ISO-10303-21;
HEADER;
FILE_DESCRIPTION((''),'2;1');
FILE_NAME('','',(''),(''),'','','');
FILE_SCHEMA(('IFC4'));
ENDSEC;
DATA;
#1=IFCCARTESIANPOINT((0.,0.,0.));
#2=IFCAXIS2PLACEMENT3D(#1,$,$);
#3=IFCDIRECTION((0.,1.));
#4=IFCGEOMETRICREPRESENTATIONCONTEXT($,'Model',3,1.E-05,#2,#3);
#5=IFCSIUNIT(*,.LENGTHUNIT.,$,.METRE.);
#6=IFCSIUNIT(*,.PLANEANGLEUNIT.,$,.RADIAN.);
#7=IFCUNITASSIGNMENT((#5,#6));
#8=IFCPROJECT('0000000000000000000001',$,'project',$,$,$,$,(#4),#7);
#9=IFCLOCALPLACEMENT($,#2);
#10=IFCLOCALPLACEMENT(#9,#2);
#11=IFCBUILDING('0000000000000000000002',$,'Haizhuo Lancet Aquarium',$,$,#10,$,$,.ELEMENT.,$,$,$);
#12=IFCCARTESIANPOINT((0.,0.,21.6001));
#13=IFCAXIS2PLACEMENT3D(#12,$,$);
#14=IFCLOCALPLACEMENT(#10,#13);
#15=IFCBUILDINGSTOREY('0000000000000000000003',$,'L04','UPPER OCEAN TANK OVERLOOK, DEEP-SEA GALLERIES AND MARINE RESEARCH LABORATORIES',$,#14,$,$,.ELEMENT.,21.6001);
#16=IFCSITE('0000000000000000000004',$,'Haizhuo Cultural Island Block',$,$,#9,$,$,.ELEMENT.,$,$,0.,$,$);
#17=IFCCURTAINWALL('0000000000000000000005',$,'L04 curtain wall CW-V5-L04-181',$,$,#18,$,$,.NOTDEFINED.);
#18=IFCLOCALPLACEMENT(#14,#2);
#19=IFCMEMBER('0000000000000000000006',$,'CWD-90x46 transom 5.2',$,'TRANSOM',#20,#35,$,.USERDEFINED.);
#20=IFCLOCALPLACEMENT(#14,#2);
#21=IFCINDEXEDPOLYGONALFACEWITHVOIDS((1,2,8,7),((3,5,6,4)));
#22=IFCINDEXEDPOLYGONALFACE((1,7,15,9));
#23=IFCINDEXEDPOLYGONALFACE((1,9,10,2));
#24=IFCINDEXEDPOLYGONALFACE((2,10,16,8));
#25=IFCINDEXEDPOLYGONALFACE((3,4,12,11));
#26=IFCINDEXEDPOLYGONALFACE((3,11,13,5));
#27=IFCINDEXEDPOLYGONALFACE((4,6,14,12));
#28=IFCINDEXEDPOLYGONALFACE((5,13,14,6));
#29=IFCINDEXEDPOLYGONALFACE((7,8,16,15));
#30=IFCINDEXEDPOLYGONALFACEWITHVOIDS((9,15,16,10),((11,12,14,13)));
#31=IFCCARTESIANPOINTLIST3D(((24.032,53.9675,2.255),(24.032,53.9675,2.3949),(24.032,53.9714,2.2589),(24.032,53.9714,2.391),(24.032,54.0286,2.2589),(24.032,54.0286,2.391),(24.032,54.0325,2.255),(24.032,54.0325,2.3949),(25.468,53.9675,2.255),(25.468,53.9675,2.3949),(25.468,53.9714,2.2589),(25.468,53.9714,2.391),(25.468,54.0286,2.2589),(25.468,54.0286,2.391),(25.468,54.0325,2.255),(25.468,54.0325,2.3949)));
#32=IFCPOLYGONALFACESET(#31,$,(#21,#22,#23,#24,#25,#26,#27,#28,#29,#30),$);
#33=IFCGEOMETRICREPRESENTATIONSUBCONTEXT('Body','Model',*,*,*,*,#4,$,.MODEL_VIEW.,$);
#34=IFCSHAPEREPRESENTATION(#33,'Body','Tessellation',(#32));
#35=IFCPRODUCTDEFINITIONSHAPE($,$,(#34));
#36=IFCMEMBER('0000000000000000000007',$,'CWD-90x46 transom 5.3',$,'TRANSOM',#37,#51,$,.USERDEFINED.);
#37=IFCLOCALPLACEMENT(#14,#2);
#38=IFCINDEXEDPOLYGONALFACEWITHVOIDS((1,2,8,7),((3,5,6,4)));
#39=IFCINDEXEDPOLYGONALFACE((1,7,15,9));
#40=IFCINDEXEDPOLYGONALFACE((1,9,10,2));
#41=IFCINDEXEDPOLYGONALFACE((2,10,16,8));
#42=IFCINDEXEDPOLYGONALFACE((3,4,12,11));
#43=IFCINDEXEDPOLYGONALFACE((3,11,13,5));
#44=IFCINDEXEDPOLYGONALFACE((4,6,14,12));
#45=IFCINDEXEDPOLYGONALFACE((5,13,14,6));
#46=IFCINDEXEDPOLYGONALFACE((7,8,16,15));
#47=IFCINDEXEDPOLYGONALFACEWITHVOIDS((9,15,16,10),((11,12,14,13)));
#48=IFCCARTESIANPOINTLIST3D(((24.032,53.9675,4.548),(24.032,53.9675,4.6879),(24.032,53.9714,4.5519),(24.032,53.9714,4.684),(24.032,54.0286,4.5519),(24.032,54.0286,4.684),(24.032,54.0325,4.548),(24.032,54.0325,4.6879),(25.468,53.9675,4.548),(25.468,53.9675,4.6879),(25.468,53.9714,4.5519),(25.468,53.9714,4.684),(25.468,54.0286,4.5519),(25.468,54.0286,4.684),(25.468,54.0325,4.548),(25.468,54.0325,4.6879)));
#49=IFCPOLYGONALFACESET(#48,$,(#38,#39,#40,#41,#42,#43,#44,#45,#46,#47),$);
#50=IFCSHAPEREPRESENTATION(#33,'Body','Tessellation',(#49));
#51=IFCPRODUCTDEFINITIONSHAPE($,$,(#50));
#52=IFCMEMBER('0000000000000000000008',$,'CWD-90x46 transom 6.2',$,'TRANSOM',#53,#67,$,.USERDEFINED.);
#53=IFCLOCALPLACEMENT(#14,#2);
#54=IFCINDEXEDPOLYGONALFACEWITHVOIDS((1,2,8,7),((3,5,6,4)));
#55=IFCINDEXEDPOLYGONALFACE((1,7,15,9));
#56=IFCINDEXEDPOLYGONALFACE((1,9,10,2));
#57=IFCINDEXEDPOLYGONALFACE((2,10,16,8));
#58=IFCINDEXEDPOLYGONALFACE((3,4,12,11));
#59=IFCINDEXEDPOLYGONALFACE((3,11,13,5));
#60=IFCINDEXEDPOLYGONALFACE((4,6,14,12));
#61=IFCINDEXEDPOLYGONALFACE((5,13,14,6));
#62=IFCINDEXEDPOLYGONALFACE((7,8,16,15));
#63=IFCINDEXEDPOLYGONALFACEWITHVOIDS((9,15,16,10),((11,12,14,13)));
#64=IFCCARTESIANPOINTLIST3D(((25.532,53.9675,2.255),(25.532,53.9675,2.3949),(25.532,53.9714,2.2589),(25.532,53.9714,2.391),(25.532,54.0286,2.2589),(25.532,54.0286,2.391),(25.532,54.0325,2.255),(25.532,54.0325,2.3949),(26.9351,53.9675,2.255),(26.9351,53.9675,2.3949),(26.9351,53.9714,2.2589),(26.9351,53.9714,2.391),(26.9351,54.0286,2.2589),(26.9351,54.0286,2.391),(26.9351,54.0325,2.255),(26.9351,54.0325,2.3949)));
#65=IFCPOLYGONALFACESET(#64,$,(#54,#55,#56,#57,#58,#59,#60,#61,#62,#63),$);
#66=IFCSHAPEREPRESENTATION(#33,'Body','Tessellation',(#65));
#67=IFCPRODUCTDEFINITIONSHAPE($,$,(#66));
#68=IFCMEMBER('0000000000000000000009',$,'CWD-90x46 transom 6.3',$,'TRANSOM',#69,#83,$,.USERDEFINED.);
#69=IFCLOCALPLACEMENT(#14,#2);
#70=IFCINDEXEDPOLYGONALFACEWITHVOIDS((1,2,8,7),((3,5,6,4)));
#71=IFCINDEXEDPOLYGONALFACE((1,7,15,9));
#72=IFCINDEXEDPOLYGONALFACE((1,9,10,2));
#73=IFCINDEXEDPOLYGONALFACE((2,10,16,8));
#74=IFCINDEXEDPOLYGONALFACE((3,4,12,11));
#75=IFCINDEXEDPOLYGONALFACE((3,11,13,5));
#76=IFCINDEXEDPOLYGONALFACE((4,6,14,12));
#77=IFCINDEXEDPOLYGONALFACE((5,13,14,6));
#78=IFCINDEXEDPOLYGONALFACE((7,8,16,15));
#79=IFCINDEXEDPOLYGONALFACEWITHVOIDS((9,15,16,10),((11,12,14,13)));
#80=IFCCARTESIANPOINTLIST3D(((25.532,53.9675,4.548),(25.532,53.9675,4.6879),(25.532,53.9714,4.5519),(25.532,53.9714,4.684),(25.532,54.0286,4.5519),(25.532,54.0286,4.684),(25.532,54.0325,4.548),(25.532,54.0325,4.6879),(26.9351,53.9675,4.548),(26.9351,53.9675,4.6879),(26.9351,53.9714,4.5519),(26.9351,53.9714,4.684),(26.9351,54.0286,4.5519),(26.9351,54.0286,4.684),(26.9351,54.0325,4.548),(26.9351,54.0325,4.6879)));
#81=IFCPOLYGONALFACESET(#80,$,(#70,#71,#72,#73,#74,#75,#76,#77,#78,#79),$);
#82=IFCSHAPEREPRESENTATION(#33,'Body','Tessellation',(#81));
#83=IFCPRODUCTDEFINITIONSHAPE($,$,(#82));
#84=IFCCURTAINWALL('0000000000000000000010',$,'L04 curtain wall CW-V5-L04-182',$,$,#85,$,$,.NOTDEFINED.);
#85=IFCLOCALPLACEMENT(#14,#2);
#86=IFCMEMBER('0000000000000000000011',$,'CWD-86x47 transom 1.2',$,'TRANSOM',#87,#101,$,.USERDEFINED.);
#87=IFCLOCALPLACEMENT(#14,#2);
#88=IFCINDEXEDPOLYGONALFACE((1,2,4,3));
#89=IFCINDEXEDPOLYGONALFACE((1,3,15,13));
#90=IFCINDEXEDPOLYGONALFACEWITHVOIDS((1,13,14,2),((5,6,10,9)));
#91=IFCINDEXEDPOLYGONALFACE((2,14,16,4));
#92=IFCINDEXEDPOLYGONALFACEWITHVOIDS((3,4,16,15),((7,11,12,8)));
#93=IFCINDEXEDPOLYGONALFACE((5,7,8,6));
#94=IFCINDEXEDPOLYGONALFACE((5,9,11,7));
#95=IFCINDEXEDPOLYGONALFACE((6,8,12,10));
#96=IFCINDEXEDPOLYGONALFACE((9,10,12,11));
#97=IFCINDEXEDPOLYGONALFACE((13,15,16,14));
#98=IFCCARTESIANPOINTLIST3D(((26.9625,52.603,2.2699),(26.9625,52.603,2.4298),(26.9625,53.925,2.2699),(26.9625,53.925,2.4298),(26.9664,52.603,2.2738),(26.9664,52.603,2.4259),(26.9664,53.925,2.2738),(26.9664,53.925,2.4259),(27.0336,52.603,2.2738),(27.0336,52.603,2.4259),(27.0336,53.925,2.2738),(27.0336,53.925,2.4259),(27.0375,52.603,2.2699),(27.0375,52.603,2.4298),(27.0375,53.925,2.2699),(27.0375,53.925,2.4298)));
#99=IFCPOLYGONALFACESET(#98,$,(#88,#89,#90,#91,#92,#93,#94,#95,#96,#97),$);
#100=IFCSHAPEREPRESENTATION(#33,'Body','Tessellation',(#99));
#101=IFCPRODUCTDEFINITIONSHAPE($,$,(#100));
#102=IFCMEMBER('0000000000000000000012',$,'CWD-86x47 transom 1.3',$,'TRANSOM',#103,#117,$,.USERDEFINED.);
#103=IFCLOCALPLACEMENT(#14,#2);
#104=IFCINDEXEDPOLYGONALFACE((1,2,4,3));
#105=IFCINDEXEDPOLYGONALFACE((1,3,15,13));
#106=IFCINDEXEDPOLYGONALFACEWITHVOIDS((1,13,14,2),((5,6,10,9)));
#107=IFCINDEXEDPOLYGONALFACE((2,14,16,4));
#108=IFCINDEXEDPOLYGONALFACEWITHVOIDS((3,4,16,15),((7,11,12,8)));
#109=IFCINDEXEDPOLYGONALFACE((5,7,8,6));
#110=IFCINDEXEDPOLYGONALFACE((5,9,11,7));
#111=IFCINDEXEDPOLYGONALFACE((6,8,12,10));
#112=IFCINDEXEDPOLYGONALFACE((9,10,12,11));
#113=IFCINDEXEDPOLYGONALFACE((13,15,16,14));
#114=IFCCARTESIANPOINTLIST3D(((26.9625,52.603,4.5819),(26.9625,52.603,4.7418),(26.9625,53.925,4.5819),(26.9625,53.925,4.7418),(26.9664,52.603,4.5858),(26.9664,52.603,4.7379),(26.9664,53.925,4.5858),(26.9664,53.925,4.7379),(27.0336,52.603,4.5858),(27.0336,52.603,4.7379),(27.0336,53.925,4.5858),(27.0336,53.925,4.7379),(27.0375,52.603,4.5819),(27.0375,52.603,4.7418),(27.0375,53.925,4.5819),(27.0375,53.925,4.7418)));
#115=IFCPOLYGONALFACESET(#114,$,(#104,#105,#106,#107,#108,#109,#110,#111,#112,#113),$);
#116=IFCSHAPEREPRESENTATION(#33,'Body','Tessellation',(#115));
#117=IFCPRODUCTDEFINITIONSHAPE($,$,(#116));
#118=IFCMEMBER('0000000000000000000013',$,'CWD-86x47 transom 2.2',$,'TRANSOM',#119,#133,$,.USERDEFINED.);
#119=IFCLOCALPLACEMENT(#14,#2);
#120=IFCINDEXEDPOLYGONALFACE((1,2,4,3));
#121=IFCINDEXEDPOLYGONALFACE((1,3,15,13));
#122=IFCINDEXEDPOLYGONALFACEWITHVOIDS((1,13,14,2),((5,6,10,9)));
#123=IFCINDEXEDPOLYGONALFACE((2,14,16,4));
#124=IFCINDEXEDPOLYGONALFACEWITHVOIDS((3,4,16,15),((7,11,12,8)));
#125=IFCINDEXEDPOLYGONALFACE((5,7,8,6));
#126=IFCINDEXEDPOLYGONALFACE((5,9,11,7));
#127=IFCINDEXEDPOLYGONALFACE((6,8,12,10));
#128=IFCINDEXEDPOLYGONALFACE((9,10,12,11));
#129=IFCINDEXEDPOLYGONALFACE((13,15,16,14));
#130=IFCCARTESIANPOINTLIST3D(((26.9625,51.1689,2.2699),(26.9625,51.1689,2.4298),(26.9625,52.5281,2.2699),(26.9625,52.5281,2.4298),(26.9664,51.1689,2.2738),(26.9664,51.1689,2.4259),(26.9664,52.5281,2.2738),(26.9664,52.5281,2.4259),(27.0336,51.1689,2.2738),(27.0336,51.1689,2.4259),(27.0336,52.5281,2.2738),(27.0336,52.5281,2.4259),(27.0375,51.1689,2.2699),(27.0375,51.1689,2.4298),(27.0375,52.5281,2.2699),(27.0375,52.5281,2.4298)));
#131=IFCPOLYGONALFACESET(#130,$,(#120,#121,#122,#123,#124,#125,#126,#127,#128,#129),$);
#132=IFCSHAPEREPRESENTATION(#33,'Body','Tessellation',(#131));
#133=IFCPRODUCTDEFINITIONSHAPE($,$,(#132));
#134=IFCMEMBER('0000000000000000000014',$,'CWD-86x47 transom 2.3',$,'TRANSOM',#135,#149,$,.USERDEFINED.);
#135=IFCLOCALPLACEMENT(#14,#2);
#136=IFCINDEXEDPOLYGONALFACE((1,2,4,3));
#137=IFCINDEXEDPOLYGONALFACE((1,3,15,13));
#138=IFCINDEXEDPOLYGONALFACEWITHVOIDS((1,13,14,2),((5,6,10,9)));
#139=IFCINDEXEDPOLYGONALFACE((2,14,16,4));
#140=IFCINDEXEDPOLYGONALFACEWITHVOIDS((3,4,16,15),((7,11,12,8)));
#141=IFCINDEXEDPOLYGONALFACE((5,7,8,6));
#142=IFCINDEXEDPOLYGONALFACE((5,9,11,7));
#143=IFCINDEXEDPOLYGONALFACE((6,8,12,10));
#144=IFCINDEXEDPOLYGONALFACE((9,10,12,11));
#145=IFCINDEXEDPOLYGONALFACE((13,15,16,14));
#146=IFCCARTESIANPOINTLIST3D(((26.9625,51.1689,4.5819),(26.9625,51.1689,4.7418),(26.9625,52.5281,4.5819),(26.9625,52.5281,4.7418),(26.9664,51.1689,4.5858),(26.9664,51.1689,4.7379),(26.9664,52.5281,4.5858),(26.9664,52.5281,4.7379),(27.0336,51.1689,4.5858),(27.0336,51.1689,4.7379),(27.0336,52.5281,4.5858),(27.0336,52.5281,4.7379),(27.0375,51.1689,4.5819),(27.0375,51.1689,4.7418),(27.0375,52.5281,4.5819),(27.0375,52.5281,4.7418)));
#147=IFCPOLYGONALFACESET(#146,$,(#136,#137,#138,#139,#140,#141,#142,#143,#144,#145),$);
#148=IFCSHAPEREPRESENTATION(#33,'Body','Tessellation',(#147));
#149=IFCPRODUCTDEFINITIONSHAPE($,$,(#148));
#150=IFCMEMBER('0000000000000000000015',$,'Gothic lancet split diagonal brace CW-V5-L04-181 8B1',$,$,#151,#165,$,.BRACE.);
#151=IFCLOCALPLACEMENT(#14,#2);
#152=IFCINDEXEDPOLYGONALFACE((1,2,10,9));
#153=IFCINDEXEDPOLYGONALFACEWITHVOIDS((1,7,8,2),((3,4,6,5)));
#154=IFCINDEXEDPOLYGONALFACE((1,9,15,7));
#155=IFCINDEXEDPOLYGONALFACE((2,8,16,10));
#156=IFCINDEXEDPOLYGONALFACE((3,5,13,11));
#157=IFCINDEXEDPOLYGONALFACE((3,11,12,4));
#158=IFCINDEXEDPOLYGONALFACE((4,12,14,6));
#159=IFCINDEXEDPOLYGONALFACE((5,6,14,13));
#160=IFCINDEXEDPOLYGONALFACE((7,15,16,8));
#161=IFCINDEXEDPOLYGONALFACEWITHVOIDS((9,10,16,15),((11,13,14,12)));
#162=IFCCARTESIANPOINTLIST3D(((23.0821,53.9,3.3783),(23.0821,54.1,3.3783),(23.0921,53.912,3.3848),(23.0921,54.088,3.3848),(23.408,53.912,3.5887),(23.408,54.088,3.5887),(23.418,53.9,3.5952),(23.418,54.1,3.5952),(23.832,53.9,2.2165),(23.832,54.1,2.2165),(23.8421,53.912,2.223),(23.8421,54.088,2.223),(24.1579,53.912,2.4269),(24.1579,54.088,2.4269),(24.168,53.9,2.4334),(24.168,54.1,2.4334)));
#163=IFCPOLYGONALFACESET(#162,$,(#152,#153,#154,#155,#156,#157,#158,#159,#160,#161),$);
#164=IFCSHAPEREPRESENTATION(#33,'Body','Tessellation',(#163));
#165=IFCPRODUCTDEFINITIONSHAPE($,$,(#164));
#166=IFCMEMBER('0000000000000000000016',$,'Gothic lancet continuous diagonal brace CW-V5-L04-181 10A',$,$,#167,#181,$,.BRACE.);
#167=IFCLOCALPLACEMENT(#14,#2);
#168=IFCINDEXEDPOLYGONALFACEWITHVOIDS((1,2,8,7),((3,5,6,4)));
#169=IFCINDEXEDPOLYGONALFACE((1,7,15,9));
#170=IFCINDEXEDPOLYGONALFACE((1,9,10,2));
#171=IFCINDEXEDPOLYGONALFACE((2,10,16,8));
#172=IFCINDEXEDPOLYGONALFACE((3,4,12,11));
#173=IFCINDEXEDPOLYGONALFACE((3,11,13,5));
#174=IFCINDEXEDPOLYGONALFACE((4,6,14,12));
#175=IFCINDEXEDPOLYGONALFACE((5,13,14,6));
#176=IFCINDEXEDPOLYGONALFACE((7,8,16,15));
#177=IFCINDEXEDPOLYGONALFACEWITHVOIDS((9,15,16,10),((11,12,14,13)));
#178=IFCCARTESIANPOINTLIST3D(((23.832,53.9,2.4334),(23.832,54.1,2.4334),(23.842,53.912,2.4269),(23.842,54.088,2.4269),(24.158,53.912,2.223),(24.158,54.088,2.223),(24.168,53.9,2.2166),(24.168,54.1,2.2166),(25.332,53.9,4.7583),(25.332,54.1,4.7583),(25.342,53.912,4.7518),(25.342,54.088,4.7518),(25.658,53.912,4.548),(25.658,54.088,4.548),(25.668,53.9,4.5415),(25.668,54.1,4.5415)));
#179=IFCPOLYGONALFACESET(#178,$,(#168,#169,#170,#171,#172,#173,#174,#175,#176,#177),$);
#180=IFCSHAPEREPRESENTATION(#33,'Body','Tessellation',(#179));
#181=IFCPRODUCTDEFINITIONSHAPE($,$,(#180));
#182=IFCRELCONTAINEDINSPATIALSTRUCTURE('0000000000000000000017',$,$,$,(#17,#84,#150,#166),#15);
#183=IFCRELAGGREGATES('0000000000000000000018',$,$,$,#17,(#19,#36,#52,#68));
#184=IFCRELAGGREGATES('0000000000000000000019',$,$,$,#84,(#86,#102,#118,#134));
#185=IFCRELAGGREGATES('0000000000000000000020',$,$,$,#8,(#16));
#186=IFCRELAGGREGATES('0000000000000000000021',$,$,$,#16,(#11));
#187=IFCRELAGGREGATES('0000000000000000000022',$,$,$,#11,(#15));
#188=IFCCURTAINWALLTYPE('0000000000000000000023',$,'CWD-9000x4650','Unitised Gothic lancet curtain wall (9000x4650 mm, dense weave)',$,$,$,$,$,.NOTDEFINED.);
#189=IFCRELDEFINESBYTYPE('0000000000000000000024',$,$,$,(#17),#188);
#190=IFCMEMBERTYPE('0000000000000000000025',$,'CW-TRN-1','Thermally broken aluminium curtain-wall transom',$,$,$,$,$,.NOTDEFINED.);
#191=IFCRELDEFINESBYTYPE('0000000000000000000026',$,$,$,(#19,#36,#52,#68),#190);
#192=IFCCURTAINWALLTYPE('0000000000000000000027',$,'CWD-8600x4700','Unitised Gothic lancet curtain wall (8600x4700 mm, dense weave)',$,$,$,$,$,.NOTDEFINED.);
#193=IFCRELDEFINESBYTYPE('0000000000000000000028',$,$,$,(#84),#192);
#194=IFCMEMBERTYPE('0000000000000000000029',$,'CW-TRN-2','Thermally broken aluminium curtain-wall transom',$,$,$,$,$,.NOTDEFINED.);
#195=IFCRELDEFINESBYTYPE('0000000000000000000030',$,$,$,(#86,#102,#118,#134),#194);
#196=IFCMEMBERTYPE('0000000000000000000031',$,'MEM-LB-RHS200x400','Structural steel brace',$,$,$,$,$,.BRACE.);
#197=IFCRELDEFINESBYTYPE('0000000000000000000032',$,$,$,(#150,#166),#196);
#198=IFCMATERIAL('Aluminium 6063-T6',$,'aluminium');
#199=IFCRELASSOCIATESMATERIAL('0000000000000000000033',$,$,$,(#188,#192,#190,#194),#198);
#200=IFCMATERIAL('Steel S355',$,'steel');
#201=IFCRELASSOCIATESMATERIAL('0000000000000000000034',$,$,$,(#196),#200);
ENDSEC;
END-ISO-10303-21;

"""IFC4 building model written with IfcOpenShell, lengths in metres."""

from ifc_helpers import new_model, si_unit, direction, frame, origin, origin_2d, place, context, subcontext, project, spatial, hollow_rectangle, extrude, material, material_profile, profile_set, type_object, element, aggregate, save


model = new_model("IFC4")

# Units and contexts
model_context = context("Model", 3, precision=1e-05, world=origin(), true_north=direction((0.0, 1.0)))
body_context = subcontext(model_context, "Body", "Model", "MODEL_VIEW")
ifc_project = project(units=[si_unit("LENGTHUNIT", "METRE"), si_unit("PLANEANGLEUNIT", "RADIAN")], contexts=[model_context])

# Site, building, storey
site_placement = place(None, origin())
site = spatial("IfcSite", under=ifc_project, at=site_placement, Name="Haizhuo Cultural Island Block", CompositionType="ELEMENT", RefElevation=0.0)
building_placement = place(site_placement, origin())
building = spatial("IfcBuilding", under=site, at=building_placement, Name="Haizhuo Lancet Aquarium", CompositionType="ELEMENT")
storey_placement = place(building_placement, frame((0.0, 0.0, 21.6001)))
storey = spatial("IfcBuildingStorey", under=building, at=storey_placement, Name="L04", Description="UPPER OCEAN TANK OVERLOOK, DEEP-SEA GALLERIES AND MARINE RESEARCH LABORATORIES", CompositionType="ELEMENT", Elevation=21.6001)

# Curtain walls, members
ifc_material_1 = material(Name="Aluminium 6063-T6", Category="aluminium")
curtain_wall_type_1 = type_object("IfcCurtainWallType", Name="CWD-9000x4650", Description="Unitised Gothic lancet curtain wall (9000x4650 mm, dense weave)", PredefinedType="NOTDEFINED", material=ifc_material_1)
curtain_wall_1_placement = place(storey_placement, origin())
curtain_wall_1 = element("IfcCurtainWall", 1, at=curtain_wall_1_placement, inside=storey, type_object=curtain_wall_type_1, Name="L04 curtain wall CW-V5-L04-181", PredefinedType="NOTDEFINED")
ifc_material_profile_1 = material_profile(ifc_material_1, hollow_rectangle(XDim=0.0649, YDim=0.1399, WallThickness=0.0039, at=origin_2d()), Name="ALU-T 65x140x4")
ifc_profile_set_1 = profile_set([ifc_material_profile_1], Name="Aluminium 6063-T6")
member_type_1 = type_object("IfcMemberType", Name="CW-TRN-1", Description="Thermally broken aluminium curtain-wall transom", PredefinedType="NOTDEFINED", material=ifc_profile_set_1)
member_1_placement = place(storey_placement, frame((24.032, 54.0, 2.325), z_axis=(1.0, 0.0, 0.0), x_axis=(0.0, 1.0, 0.0)))
member_1 = element("IfcMember", 2, at=member_1_placement, type_object=member_type_1, Name="CWD-90x46 transom 5.2", ObjectType="TRANSOM", PredefinedType="USERDEFINED", context=body_context, shape_type="SweptSolid", body=[
    extrude(hollow_rectangle(XDim=0.0649, YDim=0.1399, WallThickness=0.0039, at=origin_2d()), origin(), (0.0, 0.0, 1.0), 1.436),
])
member_2_placement = place(storey_placement, frame((24.032, 54.0, 4.6179), z_axis=(1.0, 0.0, 0.0), x_axis=(0.0, 1.0, 0.0)))
member_2 = element("IfcMember", 3, at=member_2_placement, type_object=member_type_1, Name="CWD-90x46 transom 5.3", ObjectType="TRANSOM", PredefinedType="USERDEFINED", context=body_context, shape_type="SweptSolid", body=[
    extrude(hollow_rectangle(XDim=0.0649, YDim=0.1399, WallThickness=0.0039, at=origin_2d()), origin(), (0.0, 0.0, 1.0), 1.436),
])
member_3_placement = place(storey_placement, frame((25.532, 54.0, 2.325), z_axis=(1.0, 0.0, 0.0), x_axis=(0.0, 1.0, 0.0)))
member_3 = element("IfcMember", 4, at=member_3_placement, type_object=member_type_1, Name="CWD-90x46 transom 6.2", ObjectType="TRANSOM", PredefinedType="USERDEFINED", context=body_context, shape_type="SweptSolid", body=[
    extrude(hollow_rectangle(XDim=0.0649, YDim=0.1399, WallThickness=0.0039, at=origin_2d()), origin(), (0.0, 0.0, 1.0), 1.4031),
])
member_4_placement = place(storey_placement, frame((25.532, 54.0, 4.6179), z_axis=(1.0, 0.0, 0.0), x_axis=(0.0, 1.0, 0.0)))
member_4 = element("IfcMember", 5, at=member_4_placement, type_object=member_type_1, Name="CWD-90x46 transom 6.3", ObjectType="TRANSOM", PredefinedType="USERDEFINED", context=body_context, shape_type="SweptSolid", body=[
    extrude(hollow_rectangle(XDim=0.0649, YDim=0.1399, WallThickness=0.0039, at=origin_2d()), origin(), (0.0, 0.0, 1.0), 1.4031),
])
curtain_wall_type_2 = type_object("IfcCurtainWallType", Name="CWD-8600x4700", Description="Unitised Gothic lancet curtain wall (8600x4700 mm, dense weave)", PredefinedType="NOTDEFINED", material=ifc_material_1)
curtain_wall_2_placement = place(storey_placement, origin())
curtain_wall_2 = element("IfcCurtainWall", 6, at=curtain_wall_2_placement, inside=storey, type_object=curtain_wall_type_2, Name="L04 curtain wall CW-V5-L04-182", PredefinedType="NOTDEFINED")
ifc_material_profile_2 = material_profile(ifc_material_1, hollow_rectangle(XDim=0.075, YDim=0.1599, WallThickness=0.0039, at=origin_2d()), Name="ALU-T 75x160x4")
ifc_profile_set_2 = profile_set([ifc_material_profile_2], Name="Aluminium 6063-T6")
member_type_2 = type_object("IfcMemberType", Name="CW-TRN-2", Description="Thermally broken aluminium curtain-wall transom", PredefinedType="NOTDEFINED", material=ifc_profile_set_2)
member_5_placement = place(storey_placement, frame((27.0, 53.925, 2.3499), z_axis=(0.0, -1.0, 0.0), x_axis=(1.0, 0.0, 0.0)))
member_5 = element("IfcMember", 7, at=member_5_placement, type_object=member_type_2, Name="CWD-86x47 transom 1.2", ObjectType="TRANSOM", PredefinedType="USERDEFINED", context=body_context, shape_type="SweptSolid", body=[
    extrude(hollow_rectangle(XDim=0.075, YDim=0.1599, WallThickness=0.0039, at=origin_2d()), origin(), (0.0, 0.0, 1.0), 1.322),
])
member_6_placement = place(storey_placement, frame((27.0, 53.925, 4.6619), z_axis=(0.0, -1.0, 0.0), x_axis=(1.0, 0.0, 0.0)))
member_6 = element("IfcMember", 8, at=member_6_placement, type_object=member_type_2, Name="CWD-86x47 transom 1.3", ObjectType="TRANSOM", PredefinedType="USERDEFINED", context=body_context, shape_type="SweptSolid", body=[
    extrude(hollow_rectangle(XDim=0.075, YDim=0.1599, WallThickness=0.0039, at=origin_2d()), origin(), (0.0, 0.0, 1.0), 1.322),
])
member_7_placement = place(storey_placement, frame((27.0, 52.5281, 2.3499), z_axis=(0.0, -1.0, 0.0), x_axis=(1.0, 0.0, 0.0)))
member_7 = element("IfcMember", 9, at=member_7_placement, type_object=member_type_2, Name="CWD-86x47 transom 2.2", ObjectType="TRANSOM", PredefinedType="USERDEFINED", context=body_context, shape_type="SweptSolid", body=[
    extrude(hollow_rectangle(XDim=0.075, YDim=0.1599, WallThickness=0.0039, at=origin_2d()), origin(), (0.0, 0.0, 1.0), 1.3591),
])
member_8_placement = place(storey_placement, frame((27.0, 52.5281, 4.6619), z_axis=(0.0, -1.0, 0.0), x_axis=(1.0, 0.0, 0.0)))
member_8 = element("IfcMember", 10, at=member_8_placement, type_object=member_type_2, Name="CWD-86x47 transom 2.3", ObjectType="TRANSOM", PredefinedType="USERDEFINED", context=body_context, shape_type="SweptSolid", body=[
    extrude(hollow_rectangle(XDim=0.075, YDim=0.1599, WallThickness=0.0039, at=origin_2d()), origin(), (0.0, 0.0, 1.0), 1.3591),
])

# Members
ifc_material_2 = material(Name="Steel S355", Category="steel")
ifc_material_profile_3 = material_profile(ifc_material_2, hollow_rectangle(XDim=0.2, YDim=0.3999, WallThickness=0.012, at=origin_2d()), Name="RHS 200x400x12")
ifc_profile_set_3 = profile_set([ifc_material_profile_3], Name="Steel S355")
member_type_3 = type_object("IfcMemberType", Name="MEM-LB-RHS200x400", Description="Structural steel brace", PredefinedType="BRACE", material=ifc_profile_set_3)
member_9_placement = place(storey_placement, frame((24.0, 54.0, 2.325), z_axis=(-0.542336, 0.0, 0.840162), x_axis=(0.0, -1.0, 0.0)))
element("IfcMember", 11, at=member_9_placement, inside=storey, type_object=member_type_3, Name="Gothic lancet split diagonal brace CW-V5-L04-181 8B1", PredefinedType="BRACE", context=body_context, shape_type="SweptSolid", body=[
    extrude(hollow_rectangle(XDim=0.2, YDim=0.3999, WallThickness=0.012, at=origin_2d()), origin(), (0.0, 0.0, 1.0), 1.3828),
])
member_10_placement = place(storey_placement, frame((24.0, 54.0, 2.325), z_axis=(0.542135, 0.0, 0.840291), x_axis=(0.0, 1.0, 0.0)))
element("IfcMember", 12, at=member_10_placement, inside=storey, type_object=member_type_3, Name="Gothic lancet continuous diagonal brace CW-V5-L04-181 10A", PredefinedType="BRACE", context=body_context, shape_type="SweptSolid", body=[
    extrude(hollow_rectangle(XDim=0.2, YDim=0.3999, WallThickness=0.012, at=origin_2d()), origin(), (0.0, 0.0, 1.0), 2.7668),
])

aggregate(curtain_wall_1, [member_1, member_2, member_3, member_4])
aggregate(curtain_wall_2, [member_5, member_6, member_7, member_8])

save(model, "model.ifc")
